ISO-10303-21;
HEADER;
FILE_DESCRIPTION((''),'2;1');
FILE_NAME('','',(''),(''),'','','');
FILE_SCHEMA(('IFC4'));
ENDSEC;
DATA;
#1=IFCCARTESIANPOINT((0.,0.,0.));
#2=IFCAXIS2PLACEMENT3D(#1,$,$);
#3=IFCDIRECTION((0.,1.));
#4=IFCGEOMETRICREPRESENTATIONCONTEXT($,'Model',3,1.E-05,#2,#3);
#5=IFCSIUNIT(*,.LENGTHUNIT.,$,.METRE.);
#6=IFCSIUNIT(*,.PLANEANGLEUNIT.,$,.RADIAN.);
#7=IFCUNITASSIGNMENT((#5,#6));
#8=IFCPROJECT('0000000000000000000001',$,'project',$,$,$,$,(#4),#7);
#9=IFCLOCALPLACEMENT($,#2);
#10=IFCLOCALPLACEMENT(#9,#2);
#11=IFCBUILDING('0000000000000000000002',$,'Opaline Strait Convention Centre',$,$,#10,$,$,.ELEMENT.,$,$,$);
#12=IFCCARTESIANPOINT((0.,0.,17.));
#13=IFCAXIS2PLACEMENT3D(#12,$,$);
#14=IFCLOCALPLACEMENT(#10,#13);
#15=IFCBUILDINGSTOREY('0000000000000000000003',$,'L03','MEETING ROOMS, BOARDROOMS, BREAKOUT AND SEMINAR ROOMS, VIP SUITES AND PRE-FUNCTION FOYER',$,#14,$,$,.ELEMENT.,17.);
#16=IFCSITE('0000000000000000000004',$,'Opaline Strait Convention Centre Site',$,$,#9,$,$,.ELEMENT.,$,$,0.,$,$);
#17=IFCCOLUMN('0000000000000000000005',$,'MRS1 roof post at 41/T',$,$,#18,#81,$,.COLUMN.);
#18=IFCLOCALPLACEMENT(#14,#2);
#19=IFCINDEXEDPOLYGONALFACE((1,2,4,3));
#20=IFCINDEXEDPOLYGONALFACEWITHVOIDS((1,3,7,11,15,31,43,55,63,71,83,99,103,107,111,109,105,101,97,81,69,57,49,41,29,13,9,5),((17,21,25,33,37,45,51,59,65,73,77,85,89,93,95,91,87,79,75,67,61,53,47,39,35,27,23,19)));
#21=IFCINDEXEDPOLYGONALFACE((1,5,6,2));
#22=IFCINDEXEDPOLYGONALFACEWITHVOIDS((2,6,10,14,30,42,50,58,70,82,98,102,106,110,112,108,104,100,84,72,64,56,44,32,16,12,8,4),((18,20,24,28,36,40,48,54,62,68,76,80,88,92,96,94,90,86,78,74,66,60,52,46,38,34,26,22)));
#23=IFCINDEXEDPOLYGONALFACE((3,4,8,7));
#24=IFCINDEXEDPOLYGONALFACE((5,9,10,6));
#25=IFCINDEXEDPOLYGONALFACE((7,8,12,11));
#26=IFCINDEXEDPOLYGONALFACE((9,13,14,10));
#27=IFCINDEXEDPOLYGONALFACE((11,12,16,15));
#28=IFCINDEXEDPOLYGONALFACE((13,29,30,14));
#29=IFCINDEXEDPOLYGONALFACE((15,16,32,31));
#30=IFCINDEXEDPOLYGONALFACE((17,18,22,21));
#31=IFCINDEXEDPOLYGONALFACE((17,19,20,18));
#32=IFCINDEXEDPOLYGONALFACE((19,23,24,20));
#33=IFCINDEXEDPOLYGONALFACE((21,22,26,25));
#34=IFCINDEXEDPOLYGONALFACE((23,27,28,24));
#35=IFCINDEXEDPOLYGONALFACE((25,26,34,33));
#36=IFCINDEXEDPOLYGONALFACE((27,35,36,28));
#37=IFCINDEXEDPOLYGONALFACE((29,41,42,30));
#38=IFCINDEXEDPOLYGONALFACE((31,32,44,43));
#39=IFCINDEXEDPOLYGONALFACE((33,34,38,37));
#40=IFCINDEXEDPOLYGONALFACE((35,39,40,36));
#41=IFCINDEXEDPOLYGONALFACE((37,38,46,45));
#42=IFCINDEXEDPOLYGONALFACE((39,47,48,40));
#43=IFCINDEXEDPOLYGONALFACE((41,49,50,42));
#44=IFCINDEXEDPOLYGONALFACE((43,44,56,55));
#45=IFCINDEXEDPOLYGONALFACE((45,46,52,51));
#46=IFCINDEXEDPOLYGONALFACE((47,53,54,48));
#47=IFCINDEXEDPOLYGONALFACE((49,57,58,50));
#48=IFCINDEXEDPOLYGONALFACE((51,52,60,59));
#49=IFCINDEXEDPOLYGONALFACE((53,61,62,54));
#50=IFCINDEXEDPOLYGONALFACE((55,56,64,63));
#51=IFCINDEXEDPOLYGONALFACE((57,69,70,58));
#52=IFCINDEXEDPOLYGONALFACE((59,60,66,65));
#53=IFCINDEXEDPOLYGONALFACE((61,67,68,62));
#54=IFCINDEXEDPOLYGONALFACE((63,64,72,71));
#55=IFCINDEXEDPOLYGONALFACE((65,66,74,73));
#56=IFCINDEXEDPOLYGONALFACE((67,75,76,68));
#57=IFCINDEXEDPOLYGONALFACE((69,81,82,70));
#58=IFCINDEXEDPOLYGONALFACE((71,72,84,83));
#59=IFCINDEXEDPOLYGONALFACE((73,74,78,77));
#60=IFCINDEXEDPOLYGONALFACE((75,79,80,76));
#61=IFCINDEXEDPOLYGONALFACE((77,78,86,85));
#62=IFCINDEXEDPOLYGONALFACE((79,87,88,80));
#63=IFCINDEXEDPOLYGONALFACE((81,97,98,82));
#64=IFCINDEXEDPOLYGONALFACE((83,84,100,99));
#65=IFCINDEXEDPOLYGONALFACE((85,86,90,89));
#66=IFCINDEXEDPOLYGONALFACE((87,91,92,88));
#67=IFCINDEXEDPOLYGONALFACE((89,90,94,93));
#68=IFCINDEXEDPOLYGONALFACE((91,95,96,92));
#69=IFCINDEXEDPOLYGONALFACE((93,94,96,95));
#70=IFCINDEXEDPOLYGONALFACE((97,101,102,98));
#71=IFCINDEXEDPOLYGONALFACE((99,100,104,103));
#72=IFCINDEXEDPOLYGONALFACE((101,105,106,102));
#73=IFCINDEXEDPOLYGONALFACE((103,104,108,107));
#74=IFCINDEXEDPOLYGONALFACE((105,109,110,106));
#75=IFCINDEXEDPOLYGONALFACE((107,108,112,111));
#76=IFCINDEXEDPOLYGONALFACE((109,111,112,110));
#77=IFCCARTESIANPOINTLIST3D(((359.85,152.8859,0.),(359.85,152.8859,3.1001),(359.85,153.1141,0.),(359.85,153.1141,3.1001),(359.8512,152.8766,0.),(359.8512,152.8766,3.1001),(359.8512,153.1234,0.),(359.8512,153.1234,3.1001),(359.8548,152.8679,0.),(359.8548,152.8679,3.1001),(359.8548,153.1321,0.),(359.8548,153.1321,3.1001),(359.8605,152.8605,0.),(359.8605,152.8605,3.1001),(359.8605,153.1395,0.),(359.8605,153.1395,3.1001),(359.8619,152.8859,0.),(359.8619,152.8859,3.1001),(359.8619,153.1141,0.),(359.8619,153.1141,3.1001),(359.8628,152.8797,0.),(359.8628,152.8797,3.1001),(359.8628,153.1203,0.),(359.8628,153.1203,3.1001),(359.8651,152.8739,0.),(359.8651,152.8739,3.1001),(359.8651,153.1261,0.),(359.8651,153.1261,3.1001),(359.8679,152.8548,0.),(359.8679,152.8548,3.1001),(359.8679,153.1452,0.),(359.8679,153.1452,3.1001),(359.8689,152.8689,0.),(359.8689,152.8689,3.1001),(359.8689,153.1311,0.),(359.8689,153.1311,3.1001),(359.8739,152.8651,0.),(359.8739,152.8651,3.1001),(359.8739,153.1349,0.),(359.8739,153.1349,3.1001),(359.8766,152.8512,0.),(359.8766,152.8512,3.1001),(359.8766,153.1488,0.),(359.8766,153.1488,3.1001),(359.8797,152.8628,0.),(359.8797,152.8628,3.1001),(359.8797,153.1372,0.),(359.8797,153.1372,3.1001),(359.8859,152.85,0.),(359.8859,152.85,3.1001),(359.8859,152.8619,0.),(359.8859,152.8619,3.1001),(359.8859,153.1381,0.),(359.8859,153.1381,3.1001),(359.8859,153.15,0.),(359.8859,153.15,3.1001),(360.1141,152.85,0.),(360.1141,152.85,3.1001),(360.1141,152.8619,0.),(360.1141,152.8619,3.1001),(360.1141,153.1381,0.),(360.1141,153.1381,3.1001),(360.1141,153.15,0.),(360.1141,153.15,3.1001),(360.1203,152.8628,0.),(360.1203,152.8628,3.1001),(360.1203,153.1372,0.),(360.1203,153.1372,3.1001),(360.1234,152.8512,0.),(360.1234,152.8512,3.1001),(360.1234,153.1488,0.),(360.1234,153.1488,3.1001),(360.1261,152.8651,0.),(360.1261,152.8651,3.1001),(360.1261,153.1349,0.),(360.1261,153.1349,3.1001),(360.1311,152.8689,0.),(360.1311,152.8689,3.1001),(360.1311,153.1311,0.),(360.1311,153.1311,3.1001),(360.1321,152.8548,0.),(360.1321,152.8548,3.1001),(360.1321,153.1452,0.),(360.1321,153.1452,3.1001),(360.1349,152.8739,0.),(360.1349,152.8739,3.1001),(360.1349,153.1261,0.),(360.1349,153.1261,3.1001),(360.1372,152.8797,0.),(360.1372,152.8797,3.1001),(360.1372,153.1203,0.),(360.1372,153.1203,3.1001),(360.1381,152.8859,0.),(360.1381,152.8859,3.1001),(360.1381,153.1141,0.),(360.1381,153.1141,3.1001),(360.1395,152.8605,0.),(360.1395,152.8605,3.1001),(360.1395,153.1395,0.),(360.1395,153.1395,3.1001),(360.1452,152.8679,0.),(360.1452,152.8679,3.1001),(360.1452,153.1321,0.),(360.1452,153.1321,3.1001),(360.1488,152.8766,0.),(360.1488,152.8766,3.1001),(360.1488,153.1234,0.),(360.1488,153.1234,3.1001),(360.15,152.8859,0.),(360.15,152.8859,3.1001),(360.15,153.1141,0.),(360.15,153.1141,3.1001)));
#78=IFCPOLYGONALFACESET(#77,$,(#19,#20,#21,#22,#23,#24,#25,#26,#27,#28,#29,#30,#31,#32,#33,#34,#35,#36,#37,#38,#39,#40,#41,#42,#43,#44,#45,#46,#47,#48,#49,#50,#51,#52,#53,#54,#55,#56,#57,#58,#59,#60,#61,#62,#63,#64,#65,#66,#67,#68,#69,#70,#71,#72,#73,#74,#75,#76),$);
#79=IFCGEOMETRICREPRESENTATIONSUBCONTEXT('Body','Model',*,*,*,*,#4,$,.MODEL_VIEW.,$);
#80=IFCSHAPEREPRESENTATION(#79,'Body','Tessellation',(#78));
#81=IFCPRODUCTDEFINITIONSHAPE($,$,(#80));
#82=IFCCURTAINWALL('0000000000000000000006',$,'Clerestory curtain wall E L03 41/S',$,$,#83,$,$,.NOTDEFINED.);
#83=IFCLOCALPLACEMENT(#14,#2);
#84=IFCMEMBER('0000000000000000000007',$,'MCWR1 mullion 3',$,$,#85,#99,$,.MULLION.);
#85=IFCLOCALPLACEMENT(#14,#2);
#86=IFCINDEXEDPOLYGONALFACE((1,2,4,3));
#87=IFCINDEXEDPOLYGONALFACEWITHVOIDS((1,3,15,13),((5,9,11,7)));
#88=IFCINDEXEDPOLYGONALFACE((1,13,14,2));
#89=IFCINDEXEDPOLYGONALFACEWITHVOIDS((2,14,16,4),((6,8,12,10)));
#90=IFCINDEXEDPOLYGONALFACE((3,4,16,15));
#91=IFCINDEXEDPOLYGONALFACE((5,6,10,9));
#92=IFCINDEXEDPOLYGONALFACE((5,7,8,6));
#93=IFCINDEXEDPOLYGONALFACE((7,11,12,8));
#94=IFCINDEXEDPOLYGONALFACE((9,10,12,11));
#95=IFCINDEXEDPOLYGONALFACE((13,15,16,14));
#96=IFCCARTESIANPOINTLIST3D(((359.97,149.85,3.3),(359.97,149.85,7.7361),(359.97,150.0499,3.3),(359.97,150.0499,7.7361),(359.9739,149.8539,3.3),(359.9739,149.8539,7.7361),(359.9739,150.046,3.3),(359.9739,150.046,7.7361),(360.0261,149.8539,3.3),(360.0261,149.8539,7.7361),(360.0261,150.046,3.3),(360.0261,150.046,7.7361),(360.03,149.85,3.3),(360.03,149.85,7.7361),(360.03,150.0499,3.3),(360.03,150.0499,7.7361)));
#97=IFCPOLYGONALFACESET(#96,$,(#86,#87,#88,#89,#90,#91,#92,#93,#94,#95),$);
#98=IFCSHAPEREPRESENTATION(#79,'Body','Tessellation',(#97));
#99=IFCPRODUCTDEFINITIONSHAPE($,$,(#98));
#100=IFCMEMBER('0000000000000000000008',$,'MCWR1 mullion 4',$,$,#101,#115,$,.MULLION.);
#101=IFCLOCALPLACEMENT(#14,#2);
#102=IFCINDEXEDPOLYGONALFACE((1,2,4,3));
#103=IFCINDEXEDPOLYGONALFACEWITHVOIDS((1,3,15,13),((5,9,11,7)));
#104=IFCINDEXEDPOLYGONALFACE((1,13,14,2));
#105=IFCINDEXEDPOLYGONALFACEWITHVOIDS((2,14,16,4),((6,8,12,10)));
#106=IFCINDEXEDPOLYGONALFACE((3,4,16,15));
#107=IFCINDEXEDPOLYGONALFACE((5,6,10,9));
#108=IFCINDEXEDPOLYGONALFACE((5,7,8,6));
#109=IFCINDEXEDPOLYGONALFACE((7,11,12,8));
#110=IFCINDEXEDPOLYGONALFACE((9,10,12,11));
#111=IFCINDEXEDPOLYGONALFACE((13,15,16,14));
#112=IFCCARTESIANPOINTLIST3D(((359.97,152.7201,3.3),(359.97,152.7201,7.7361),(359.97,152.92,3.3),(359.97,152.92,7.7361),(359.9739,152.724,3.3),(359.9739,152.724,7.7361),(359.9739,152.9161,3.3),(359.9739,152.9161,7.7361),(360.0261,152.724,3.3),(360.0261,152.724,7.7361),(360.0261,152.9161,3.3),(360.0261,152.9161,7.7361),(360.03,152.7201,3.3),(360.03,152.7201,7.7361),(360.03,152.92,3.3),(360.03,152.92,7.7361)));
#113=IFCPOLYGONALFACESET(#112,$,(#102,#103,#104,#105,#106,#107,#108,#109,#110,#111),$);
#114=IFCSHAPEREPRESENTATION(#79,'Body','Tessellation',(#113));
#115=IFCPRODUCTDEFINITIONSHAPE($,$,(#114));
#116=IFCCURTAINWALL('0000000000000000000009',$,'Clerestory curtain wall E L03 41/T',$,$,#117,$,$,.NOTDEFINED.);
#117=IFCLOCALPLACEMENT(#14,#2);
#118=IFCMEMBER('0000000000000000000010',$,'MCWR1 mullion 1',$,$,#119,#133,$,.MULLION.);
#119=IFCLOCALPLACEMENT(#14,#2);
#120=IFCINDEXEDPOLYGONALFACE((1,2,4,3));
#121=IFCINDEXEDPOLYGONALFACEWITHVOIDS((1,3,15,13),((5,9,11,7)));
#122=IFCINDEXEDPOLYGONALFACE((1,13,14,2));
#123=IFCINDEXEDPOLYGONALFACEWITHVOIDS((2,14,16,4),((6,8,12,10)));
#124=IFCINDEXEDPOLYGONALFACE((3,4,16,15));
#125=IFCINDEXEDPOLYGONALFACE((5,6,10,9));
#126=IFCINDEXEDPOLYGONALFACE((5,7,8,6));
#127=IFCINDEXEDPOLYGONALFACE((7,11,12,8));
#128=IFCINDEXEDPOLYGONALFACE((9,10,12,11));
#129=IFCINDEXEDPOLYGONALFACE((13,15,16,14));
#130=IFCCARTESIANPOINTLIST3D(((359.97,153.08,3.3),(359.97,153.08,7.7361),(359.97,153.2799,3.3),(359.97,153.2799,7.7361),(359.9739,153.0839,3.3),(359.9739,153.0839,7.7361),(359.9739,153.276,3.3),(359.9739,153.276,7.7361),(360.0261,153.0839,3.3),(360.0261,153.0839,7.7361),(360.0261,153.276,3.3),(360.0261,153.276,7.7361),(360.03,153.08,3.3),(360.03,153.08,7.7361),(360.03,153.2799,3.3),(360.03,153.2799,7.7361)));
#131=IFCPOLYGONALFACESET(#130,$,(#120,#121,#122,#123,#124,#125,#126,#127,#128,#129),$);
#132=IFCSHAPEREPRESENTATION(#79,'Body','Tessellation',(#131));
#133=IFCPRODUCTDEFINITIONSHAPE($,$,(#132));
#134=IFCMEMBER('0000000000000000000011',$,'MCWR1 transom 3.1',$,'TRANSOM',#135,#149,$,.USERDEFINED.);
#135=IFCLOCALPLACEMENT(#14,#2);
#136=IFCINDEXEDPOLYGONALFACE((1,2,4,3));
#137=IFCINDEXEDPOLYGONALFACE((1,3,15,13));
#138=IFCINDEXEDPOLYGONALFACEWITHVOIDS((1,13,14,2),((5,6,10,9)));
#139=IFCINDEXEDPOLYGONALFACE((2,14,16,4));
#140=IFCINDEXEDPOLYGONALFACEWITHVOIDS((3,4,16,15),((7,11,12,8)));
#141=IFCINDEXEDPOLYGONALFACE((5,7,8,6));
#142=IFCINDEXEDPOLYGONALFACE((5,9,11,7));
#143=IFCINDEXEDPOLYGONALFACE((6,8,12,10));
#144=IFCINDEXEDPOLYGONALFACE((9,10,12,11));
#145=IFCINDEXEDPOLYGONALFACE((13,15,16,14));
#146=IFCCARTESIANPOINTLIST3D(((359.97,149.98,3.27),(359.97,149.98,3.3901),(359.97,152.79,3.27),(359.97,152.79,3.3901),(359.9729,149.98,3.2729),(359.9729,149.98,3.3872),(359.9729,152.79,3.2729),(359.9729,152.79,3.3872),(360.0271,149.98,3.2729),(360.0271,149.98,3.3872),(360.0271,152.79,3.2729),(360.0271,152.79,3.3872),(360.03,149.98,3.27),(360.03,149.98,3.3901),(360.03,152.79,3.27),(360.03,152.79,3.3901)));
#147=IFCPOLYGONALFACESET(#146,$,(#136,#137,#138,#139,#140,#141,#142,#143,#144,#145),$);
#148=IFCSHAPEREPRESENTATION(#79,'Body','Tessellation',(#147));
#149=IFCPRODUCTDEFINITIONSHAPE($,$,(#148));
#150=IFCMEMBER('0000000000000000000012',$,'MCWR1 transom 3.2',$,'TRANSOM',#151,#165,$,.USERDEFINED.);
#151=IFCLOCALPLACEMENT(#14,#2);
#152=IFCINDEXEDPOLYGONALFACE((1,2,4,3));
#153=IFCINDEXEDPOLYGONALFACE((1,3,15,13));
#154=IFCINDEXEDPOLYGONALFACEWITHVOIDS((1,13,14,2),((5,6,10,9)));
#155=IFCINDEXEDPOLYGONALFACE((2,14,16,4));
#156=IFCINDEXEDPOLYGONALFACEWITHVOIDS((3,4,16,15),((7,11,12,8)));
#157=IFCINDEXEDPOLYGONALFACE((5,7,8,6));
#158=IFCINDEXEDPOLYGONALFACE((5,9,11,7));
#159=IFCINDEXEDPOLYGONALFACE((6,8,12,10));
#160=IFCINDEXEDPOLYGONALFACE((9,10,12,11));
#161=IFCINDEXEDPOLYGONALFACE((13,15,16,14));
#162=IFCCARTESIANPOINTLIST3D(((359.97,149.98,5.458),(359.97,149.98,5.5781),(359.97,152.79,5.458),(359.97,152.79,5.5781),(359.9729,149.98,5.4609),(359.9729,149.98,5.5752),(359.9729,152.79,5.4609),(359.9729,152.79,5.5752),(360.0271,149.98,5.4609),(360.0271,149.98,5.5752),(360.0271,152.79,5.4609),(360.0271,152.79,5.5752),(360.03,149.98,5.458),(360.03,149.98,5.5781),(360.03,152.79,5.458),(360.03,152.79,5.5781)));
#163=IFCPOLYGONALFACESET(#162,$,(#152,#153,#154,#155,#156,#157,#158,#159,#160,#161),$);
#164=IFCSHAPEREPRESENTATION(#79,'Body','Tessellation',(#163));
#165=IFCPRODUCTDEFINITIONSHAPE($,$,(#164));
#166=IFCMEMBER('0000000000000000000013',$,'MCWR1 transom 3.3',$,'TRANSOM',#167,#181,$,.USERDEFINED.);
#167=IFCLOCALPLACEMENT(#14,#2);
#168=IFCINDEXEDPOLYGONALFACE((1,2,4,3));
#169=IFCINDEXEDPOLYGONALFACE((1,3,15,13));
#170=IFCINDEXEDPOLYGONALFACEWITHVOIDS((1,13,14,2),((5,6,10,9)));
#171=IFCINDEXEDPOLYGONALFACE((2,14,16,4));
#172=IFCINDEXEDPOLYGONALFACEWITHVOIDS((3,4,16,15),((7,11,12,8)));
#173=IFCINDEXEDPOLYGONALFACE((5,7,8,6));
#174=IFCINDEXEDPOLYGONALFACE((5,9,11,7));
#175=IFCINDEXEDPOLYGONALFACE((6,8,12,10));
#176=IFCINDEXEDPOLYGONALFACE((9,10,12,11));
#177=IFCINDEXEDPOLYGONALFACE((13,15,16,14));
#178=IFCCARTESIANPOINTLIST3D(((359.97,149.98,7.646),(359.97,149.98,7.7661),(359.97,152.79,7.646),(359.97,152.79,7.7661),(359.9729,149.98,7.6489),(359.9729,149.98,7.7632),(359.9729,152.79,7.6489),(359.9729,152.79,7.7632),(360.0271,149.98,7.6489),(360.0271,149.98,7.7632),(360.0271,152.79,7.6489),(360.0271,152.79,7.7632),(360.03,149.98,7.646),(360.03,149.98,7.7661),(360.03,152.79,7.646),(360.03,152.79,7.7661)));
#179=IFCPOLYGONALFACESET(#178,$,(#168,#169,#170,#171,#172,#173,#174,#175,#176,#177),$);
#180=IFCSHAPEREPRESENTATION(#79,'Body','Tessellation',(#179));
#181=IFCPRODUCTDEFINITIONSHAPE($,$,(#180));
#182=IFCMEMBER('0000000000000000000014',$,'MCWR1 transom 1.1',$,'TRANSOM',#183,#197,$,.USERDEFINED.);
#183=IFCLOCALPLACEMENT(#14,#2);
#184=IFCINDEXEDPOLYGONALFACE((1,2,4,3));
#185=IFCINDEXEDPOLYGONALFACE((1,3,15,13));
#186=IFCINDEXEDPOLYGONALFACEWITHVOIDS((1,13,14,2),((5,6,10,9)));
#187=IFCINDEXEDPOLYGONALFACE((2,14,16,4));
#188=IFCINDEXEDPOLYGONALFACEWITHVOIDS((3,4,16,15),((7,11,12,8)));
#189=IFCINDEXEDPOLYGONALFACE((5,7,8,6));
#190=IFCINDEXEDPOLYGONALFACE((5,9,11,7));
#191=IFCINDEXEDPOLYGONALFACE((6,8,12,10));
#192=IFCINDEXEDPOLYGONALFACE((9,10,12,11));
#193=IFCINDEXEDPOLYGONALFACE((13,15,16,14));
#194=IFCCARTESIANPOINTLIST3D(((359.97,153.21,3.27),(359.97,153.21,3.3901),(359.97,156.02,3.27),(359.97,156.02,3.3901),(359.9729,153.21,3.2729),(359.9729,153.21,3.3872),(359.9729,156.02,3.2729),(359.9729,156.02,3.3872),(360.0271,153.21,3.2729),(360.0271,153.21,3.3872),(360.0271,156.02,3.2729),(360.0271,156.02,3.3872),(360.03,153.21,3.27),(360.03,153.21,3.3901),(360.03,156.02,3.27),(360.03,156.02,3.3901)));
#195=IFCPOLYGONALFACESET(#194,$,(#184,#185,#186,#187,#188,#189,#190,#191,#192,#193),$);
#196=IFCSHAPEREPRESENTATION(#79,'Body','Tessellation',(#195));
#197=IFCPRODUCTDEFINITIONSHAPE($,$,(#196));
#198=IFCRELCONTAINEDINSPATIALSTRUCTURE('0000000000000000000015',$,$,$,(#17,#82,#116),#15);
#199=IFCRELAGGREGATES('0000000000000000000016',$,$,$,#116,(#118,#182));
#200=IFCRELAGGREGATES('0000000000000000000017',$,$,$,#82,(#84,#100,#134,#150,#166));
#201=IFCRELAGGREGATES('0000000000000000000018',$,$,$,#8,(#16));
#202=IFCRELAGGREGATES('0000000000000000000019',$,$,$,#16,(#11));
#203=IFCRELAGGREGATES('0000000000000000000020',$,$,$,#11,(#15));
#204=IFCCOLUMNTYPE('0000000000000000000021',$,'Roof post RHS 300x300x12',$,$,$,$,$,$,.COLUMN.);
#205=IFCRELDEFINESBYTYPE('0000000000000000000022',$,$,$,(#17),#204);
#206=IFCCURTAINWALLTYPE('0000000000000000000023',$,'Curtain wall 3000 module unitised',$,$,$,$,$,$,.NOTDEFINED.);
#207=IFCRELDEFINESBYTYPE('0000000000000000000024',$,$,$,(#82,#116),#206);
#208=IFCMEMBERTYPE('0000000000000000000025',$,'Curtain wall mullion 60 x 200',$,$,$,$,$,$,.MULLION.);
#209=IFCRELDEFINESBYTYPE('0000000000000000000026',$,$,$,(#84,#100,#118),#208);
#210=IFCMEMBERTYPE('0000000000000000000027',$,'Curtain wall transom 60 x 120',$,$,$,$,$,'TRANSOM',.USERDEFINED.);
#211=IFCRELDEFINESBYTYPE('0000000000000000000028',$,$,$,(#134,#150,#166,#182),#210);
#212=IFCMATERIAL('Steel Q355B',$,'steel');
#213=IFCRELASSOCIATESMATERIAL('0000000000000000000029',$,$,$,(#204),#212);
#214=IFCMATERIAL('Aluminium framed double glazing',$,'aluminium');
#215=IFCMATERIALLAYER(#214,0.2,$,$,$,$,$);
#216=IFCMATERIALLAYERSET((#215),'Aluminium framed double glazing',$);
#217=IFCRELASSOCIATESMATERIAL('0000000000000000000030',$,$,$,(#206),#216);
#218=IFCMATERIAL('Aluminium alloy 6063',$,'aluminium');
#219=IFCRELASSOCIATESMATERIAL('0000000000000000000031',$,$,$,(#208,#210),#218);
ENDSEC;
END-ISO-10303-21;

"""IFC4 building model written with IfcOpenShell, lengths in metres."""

from ifc_helpers import new_model, si_unit, direction, frame, origin, origin_2d, place, context, subcontext, project, spatial, hollow_rectangle, extrude, material, layer, layer_set, material_profile, profile_set, type_object, element, aggregate, save


model = new_model("IFC4")

# Units and contexts
model_context = context("Model", 3, precision=1e-05, world=origin(), true_north=direction((0.0, 1.0)))
body_context = subcontext(model_context, "Body", "Model", "MODEL_VIEW")
ifc_project = project(units=[si_unit("LENGTHUNIT", "METRE"), si_unit("PLANEANGLEUNIT", "RADIAN")], contexts=[model_context])

# Site, building, storey
site_placement = place(None, origin())
site = spatial("IfcSite", under=ifc_project, at=site_placement, Name="Opaline Strait Convention Centre Site", CompositionType="ELEMENT", RefElevation=0.0)
building_placement = place(site_placement, origin())
building = spatial("IfcBuilding", under=site, at=building_placement, Name="Opaline Strait Convention Centre", CompositionType="ELEMENT")
storey_placement = place(building_placement, frame((0.0, 0.0, 17.0)))
storey = spatial("IfcBuildingStorey", under=building, at=storey_placement, Name="L03", Description="MEETING ROOMS, BOARDROOMS, BREAKOUT AND SEMINAR ROOMS, VIP SUITES AND PRE-FUNCTION FOYER", CompositionType="ELEMENT", Elevation=17.0)

# Column
ifc_material_1 = material(Name="Steel Q355B", Category="steel")
ifc_material_profile_1 = material_profile(ifc_material_1, hollow_rectangle(XDim=0.3, YDim=0.3, WallThickness=0.012, InnerFilletRadius=0.0239, OuterFilletRadius=0.0359, at=origin_2d()), Name="RHS 300x300x12")
ifc_profile_set_1 = profile_set([ifc_material_profile_1], Name="Steel Q355B")
column_type = type_object("IfcColumnType", Name="Roof post RHS 300x300x12", PredefinedType="COLUMN", material=ifc_profile_set_1)
column_placement = place(storey_placement, frame((360.0, 153.0, 0.0), z_axis=(0.0, 0.0, 1.0), x_axis=(1.0, 0.0, 0.0)))
element("IfcColumn", 1, at=column_placement, inside=storey, type_object=column_type, Name="MRS1 roof post at 41/T", PredefinedType="COLUMN", context=body_context, shape_type="SweptSolid", body=[
    extrude(hollow_rectangle(XDim=0.3, YDim=0.3, WallThickness=0.012, InnerFilletRadius=0.0239, OuterFilletRadius=0.0359, at=origin_2d()), origin(), (0.0, 0.0, 1.0), 3.1001),
])

# Curtain wall, members
ifc_material_2 = material(Name="Aluminium framed double glazing", Category="aluminium")
ifc_layer_1 = layer(ifc_material_2, 0.2)
ifc_layer_set_1 = layer_set([ifc_layer_1], Name="Aluminium framed double glazing")
curtain_wall_type = type_object("IfcCurtainWallType", Name="Curtain wall 3000 module unitised", PredefinedType="NOTDEFINED", material=ifc_layer_set_1)
curtain_wall_1_placement = place(storey_placement, origin())
curtain_wall_1 = element("IfcCurtainWall", 2, at=curtain_wall_1_placement, inside=storey, type_object=curtain_wall_type, Name="Clerestory curtain wall E L03 41/S", PredefinedType="NOTDEFINED")
ifc_material_3 = material(Name="Aluminium alloy 6063", Category="aluminium")
ifc_material_profile_2 = material_profile(ifc_material_3, hollow_rectangle(XDim=0.0601, YDim=0.2, WallThickness=0.0039, at=origin_2d()), Name="MULLION 60x200x4")
ifc_profile_set_2 = profile_set([ifc_material_profile_2], Name="Aluminium alloy 6063")
member_type_1 = type_object("IfcMemberType", Name="Curtain wall mullion 60 x 200", PredefinedType="MULLION", material=ifc_profile_set_2)
member_1_placement = place(storey_placement, frame((360.0, 149.95, 3.3), z_axis=(0.0, 0.0, 1.0), x_axis=(-1.0, 0.0, 0.0)))
member_1 = element("IfcMember", 3, at=member_1_placement, type_object=member_type_1, Name="MCWR1 mullion 3", PredefinedType="MULLION", context=body_context, shape_type="SweptSolid", body=[
    extrude(hollow_rectangle(XDim=0.0601, YDim=0.2, WallThickness=0.0039, at=origin_2d()), origin(), (0.0, 0.0, 1.0), 4.436),
])
member_2_placement = place(storey_placement, frame((360.0, 152.8201, 3.3), z_axis=(0.0, 0.0, 1.0), x_axis=(-1.0, 0.0, 0.0)))
member_2 = element("IfcMember", 4, at=member_2_placement, type_object=member_type_1, Name="MCWR1 mullion 4", PredefinedType="MULLION", context=body_context, shape_type="SweptSolid", body=[
    extrude(hollow_rectangle(XDim=0.0601, YDim=0.2, WallThickness=0.0039, at=origin_2d()), origin(), (0.0, 0.0, 1.0), 4.436),
])

# Curtain wall, member
curtain_wall_2_placement = place(storey_placement, origin())
curtain_wall_2 = element("IfcCurtainWall", 5, at=curtain_wall_2_placement, inside=storey, type_object=curtain_wall_type, Name="Clerestory curtain wall E L03 41/T", PredefinedType="NOTDEFINED")
member_3_placement = place(storey_placement, frame((360.0, 153.1799, 3.3), z_axis=(0.0, 0.0, 1.0), x_axis=(-1.0, 0.0, 0.0)))
member_3 = element("IfcMember", 6, at=member_3_placement, type_object=member_type_1, Name="MCWR1 mullion 1", PredefinedType="MULLION", context=body_context, shape_type="SweptSolid", body=[
    extrude(hollow_rectangle(XDim=0.0601, YDim=0.2, WallThickness=0.0039, at=origin_2d()), origin(), (0.0, 0.0, 1.0), 4.436),
])

# Members
ifc_material_profile_3 = material_profile(ifc_material_3, hollow_rectangle(XDim=0.0601, YDim=0.1201, WallThickness=0.0029, at=origin_2d()), Name="TRANSOM 60x120x3")
ifc_profile_set_3 = profile_set([ifc_material_profile_3], Name="Aluminium alloy 6063")
member_type_2 = type_object("IfcMemberType", Name="Curtain wall transom 60 x 120", ElementType="TRANSOM", PredefinedType="USERDEFINED", material=ifc_profile_set_3)
member_4_placement = place(storey_placement, frame((360.0, 149.98, 3.3301), z_axis=(0.0, 1.0, 0.0), x_axis=(-1.0, 0.0, 0.0)))
member_4 = element("IfcMember", 7, at=member_4_placement, type_object=member_type_2, Name="MCWR1 transom 3.1", ObjectType="TRANSOM", PredefinedType="USERDEFINED", context=body_context, shape_type="SweptSolid", body=[
    extrude(hollow_rectangle(XDim=0.0601, YDim=0.1201, WallThickness=0.0029, at=origin_2d()), origin(), (0.0, 0.0, 1.0), 2.8101),
])
member_5_placement = place(storey_placement, frame((360.0, 149.98, 5.5181), z_axis=(0.0, 1.0, 0.0), x_axis=(-1.0, 0.0, 0.0)))
member_5 = element("IfcMember", 8, at=member_5_placement, type_object=member_type_2, Name="MCWR1 transom 3.2", ObjectType="TRANSOM", PredefinedType="USERDEFINED", context=body_context, shape_type="SweptSolid", body=[
    extrude(hollow_rectangle(XDim=0.0601, YDim=0.1201, WallThickness=0.0029, at=origin_2d()), origin(), (0.0, 0.0, 1.0), 2.8101),
])
member_6_placement = place(storey_placement, frame((360.0, 149.98, 7.7061), z_axis=(0.0, 1.0, 0.0), x_axis=(-1.0, 0.0, 0.0)))
member_6 = element("IfcMember", 9, at=member_6_placement, type_object=member_type_2, Name="MCWR1 transom 3.3", ObjectType="TRANSOM", PredefinedType="USERDEFINED", context=body_context, shape_type="SweptSolid", body=[
    extrude(hollow_rectangle(XDim=0.0601, YDim=0.1201, WallThickness=0.0029, at=origin_2d()), origin(), (0.0, 0.0, 1.0), 2.8101),
])
member_7_placement = place(storey_placement, frame((360.0, 153.21, 3.3301), z_axis=(0.0, 1.0, 0.0), x_axis=(-1.0, 0.0, 0.0)))
member_7 = element("IfcMember", 10, at=member_7_placement, type_object=member_type_2, Name="MCWR1 transom 1.1", ObjectType="TRANSOM", PredefinedType="USERDEFINED", context=body_context, shape_type="SweptSolid", body=[
    extrude(hollow_rectangle(XDim=0.0601, YDim=0.1201, WallThickness=0.0029, at=origin_2d()), origin(), (0.0, 0.0, 1.0), 2.8101),
])
aggregate(curtain_wall_2, [member_3, member_7])

aggregate(curtain_wall_1, [member_1, member_2, member_4, member_5, member_6])

save(model, "model.ifc")
